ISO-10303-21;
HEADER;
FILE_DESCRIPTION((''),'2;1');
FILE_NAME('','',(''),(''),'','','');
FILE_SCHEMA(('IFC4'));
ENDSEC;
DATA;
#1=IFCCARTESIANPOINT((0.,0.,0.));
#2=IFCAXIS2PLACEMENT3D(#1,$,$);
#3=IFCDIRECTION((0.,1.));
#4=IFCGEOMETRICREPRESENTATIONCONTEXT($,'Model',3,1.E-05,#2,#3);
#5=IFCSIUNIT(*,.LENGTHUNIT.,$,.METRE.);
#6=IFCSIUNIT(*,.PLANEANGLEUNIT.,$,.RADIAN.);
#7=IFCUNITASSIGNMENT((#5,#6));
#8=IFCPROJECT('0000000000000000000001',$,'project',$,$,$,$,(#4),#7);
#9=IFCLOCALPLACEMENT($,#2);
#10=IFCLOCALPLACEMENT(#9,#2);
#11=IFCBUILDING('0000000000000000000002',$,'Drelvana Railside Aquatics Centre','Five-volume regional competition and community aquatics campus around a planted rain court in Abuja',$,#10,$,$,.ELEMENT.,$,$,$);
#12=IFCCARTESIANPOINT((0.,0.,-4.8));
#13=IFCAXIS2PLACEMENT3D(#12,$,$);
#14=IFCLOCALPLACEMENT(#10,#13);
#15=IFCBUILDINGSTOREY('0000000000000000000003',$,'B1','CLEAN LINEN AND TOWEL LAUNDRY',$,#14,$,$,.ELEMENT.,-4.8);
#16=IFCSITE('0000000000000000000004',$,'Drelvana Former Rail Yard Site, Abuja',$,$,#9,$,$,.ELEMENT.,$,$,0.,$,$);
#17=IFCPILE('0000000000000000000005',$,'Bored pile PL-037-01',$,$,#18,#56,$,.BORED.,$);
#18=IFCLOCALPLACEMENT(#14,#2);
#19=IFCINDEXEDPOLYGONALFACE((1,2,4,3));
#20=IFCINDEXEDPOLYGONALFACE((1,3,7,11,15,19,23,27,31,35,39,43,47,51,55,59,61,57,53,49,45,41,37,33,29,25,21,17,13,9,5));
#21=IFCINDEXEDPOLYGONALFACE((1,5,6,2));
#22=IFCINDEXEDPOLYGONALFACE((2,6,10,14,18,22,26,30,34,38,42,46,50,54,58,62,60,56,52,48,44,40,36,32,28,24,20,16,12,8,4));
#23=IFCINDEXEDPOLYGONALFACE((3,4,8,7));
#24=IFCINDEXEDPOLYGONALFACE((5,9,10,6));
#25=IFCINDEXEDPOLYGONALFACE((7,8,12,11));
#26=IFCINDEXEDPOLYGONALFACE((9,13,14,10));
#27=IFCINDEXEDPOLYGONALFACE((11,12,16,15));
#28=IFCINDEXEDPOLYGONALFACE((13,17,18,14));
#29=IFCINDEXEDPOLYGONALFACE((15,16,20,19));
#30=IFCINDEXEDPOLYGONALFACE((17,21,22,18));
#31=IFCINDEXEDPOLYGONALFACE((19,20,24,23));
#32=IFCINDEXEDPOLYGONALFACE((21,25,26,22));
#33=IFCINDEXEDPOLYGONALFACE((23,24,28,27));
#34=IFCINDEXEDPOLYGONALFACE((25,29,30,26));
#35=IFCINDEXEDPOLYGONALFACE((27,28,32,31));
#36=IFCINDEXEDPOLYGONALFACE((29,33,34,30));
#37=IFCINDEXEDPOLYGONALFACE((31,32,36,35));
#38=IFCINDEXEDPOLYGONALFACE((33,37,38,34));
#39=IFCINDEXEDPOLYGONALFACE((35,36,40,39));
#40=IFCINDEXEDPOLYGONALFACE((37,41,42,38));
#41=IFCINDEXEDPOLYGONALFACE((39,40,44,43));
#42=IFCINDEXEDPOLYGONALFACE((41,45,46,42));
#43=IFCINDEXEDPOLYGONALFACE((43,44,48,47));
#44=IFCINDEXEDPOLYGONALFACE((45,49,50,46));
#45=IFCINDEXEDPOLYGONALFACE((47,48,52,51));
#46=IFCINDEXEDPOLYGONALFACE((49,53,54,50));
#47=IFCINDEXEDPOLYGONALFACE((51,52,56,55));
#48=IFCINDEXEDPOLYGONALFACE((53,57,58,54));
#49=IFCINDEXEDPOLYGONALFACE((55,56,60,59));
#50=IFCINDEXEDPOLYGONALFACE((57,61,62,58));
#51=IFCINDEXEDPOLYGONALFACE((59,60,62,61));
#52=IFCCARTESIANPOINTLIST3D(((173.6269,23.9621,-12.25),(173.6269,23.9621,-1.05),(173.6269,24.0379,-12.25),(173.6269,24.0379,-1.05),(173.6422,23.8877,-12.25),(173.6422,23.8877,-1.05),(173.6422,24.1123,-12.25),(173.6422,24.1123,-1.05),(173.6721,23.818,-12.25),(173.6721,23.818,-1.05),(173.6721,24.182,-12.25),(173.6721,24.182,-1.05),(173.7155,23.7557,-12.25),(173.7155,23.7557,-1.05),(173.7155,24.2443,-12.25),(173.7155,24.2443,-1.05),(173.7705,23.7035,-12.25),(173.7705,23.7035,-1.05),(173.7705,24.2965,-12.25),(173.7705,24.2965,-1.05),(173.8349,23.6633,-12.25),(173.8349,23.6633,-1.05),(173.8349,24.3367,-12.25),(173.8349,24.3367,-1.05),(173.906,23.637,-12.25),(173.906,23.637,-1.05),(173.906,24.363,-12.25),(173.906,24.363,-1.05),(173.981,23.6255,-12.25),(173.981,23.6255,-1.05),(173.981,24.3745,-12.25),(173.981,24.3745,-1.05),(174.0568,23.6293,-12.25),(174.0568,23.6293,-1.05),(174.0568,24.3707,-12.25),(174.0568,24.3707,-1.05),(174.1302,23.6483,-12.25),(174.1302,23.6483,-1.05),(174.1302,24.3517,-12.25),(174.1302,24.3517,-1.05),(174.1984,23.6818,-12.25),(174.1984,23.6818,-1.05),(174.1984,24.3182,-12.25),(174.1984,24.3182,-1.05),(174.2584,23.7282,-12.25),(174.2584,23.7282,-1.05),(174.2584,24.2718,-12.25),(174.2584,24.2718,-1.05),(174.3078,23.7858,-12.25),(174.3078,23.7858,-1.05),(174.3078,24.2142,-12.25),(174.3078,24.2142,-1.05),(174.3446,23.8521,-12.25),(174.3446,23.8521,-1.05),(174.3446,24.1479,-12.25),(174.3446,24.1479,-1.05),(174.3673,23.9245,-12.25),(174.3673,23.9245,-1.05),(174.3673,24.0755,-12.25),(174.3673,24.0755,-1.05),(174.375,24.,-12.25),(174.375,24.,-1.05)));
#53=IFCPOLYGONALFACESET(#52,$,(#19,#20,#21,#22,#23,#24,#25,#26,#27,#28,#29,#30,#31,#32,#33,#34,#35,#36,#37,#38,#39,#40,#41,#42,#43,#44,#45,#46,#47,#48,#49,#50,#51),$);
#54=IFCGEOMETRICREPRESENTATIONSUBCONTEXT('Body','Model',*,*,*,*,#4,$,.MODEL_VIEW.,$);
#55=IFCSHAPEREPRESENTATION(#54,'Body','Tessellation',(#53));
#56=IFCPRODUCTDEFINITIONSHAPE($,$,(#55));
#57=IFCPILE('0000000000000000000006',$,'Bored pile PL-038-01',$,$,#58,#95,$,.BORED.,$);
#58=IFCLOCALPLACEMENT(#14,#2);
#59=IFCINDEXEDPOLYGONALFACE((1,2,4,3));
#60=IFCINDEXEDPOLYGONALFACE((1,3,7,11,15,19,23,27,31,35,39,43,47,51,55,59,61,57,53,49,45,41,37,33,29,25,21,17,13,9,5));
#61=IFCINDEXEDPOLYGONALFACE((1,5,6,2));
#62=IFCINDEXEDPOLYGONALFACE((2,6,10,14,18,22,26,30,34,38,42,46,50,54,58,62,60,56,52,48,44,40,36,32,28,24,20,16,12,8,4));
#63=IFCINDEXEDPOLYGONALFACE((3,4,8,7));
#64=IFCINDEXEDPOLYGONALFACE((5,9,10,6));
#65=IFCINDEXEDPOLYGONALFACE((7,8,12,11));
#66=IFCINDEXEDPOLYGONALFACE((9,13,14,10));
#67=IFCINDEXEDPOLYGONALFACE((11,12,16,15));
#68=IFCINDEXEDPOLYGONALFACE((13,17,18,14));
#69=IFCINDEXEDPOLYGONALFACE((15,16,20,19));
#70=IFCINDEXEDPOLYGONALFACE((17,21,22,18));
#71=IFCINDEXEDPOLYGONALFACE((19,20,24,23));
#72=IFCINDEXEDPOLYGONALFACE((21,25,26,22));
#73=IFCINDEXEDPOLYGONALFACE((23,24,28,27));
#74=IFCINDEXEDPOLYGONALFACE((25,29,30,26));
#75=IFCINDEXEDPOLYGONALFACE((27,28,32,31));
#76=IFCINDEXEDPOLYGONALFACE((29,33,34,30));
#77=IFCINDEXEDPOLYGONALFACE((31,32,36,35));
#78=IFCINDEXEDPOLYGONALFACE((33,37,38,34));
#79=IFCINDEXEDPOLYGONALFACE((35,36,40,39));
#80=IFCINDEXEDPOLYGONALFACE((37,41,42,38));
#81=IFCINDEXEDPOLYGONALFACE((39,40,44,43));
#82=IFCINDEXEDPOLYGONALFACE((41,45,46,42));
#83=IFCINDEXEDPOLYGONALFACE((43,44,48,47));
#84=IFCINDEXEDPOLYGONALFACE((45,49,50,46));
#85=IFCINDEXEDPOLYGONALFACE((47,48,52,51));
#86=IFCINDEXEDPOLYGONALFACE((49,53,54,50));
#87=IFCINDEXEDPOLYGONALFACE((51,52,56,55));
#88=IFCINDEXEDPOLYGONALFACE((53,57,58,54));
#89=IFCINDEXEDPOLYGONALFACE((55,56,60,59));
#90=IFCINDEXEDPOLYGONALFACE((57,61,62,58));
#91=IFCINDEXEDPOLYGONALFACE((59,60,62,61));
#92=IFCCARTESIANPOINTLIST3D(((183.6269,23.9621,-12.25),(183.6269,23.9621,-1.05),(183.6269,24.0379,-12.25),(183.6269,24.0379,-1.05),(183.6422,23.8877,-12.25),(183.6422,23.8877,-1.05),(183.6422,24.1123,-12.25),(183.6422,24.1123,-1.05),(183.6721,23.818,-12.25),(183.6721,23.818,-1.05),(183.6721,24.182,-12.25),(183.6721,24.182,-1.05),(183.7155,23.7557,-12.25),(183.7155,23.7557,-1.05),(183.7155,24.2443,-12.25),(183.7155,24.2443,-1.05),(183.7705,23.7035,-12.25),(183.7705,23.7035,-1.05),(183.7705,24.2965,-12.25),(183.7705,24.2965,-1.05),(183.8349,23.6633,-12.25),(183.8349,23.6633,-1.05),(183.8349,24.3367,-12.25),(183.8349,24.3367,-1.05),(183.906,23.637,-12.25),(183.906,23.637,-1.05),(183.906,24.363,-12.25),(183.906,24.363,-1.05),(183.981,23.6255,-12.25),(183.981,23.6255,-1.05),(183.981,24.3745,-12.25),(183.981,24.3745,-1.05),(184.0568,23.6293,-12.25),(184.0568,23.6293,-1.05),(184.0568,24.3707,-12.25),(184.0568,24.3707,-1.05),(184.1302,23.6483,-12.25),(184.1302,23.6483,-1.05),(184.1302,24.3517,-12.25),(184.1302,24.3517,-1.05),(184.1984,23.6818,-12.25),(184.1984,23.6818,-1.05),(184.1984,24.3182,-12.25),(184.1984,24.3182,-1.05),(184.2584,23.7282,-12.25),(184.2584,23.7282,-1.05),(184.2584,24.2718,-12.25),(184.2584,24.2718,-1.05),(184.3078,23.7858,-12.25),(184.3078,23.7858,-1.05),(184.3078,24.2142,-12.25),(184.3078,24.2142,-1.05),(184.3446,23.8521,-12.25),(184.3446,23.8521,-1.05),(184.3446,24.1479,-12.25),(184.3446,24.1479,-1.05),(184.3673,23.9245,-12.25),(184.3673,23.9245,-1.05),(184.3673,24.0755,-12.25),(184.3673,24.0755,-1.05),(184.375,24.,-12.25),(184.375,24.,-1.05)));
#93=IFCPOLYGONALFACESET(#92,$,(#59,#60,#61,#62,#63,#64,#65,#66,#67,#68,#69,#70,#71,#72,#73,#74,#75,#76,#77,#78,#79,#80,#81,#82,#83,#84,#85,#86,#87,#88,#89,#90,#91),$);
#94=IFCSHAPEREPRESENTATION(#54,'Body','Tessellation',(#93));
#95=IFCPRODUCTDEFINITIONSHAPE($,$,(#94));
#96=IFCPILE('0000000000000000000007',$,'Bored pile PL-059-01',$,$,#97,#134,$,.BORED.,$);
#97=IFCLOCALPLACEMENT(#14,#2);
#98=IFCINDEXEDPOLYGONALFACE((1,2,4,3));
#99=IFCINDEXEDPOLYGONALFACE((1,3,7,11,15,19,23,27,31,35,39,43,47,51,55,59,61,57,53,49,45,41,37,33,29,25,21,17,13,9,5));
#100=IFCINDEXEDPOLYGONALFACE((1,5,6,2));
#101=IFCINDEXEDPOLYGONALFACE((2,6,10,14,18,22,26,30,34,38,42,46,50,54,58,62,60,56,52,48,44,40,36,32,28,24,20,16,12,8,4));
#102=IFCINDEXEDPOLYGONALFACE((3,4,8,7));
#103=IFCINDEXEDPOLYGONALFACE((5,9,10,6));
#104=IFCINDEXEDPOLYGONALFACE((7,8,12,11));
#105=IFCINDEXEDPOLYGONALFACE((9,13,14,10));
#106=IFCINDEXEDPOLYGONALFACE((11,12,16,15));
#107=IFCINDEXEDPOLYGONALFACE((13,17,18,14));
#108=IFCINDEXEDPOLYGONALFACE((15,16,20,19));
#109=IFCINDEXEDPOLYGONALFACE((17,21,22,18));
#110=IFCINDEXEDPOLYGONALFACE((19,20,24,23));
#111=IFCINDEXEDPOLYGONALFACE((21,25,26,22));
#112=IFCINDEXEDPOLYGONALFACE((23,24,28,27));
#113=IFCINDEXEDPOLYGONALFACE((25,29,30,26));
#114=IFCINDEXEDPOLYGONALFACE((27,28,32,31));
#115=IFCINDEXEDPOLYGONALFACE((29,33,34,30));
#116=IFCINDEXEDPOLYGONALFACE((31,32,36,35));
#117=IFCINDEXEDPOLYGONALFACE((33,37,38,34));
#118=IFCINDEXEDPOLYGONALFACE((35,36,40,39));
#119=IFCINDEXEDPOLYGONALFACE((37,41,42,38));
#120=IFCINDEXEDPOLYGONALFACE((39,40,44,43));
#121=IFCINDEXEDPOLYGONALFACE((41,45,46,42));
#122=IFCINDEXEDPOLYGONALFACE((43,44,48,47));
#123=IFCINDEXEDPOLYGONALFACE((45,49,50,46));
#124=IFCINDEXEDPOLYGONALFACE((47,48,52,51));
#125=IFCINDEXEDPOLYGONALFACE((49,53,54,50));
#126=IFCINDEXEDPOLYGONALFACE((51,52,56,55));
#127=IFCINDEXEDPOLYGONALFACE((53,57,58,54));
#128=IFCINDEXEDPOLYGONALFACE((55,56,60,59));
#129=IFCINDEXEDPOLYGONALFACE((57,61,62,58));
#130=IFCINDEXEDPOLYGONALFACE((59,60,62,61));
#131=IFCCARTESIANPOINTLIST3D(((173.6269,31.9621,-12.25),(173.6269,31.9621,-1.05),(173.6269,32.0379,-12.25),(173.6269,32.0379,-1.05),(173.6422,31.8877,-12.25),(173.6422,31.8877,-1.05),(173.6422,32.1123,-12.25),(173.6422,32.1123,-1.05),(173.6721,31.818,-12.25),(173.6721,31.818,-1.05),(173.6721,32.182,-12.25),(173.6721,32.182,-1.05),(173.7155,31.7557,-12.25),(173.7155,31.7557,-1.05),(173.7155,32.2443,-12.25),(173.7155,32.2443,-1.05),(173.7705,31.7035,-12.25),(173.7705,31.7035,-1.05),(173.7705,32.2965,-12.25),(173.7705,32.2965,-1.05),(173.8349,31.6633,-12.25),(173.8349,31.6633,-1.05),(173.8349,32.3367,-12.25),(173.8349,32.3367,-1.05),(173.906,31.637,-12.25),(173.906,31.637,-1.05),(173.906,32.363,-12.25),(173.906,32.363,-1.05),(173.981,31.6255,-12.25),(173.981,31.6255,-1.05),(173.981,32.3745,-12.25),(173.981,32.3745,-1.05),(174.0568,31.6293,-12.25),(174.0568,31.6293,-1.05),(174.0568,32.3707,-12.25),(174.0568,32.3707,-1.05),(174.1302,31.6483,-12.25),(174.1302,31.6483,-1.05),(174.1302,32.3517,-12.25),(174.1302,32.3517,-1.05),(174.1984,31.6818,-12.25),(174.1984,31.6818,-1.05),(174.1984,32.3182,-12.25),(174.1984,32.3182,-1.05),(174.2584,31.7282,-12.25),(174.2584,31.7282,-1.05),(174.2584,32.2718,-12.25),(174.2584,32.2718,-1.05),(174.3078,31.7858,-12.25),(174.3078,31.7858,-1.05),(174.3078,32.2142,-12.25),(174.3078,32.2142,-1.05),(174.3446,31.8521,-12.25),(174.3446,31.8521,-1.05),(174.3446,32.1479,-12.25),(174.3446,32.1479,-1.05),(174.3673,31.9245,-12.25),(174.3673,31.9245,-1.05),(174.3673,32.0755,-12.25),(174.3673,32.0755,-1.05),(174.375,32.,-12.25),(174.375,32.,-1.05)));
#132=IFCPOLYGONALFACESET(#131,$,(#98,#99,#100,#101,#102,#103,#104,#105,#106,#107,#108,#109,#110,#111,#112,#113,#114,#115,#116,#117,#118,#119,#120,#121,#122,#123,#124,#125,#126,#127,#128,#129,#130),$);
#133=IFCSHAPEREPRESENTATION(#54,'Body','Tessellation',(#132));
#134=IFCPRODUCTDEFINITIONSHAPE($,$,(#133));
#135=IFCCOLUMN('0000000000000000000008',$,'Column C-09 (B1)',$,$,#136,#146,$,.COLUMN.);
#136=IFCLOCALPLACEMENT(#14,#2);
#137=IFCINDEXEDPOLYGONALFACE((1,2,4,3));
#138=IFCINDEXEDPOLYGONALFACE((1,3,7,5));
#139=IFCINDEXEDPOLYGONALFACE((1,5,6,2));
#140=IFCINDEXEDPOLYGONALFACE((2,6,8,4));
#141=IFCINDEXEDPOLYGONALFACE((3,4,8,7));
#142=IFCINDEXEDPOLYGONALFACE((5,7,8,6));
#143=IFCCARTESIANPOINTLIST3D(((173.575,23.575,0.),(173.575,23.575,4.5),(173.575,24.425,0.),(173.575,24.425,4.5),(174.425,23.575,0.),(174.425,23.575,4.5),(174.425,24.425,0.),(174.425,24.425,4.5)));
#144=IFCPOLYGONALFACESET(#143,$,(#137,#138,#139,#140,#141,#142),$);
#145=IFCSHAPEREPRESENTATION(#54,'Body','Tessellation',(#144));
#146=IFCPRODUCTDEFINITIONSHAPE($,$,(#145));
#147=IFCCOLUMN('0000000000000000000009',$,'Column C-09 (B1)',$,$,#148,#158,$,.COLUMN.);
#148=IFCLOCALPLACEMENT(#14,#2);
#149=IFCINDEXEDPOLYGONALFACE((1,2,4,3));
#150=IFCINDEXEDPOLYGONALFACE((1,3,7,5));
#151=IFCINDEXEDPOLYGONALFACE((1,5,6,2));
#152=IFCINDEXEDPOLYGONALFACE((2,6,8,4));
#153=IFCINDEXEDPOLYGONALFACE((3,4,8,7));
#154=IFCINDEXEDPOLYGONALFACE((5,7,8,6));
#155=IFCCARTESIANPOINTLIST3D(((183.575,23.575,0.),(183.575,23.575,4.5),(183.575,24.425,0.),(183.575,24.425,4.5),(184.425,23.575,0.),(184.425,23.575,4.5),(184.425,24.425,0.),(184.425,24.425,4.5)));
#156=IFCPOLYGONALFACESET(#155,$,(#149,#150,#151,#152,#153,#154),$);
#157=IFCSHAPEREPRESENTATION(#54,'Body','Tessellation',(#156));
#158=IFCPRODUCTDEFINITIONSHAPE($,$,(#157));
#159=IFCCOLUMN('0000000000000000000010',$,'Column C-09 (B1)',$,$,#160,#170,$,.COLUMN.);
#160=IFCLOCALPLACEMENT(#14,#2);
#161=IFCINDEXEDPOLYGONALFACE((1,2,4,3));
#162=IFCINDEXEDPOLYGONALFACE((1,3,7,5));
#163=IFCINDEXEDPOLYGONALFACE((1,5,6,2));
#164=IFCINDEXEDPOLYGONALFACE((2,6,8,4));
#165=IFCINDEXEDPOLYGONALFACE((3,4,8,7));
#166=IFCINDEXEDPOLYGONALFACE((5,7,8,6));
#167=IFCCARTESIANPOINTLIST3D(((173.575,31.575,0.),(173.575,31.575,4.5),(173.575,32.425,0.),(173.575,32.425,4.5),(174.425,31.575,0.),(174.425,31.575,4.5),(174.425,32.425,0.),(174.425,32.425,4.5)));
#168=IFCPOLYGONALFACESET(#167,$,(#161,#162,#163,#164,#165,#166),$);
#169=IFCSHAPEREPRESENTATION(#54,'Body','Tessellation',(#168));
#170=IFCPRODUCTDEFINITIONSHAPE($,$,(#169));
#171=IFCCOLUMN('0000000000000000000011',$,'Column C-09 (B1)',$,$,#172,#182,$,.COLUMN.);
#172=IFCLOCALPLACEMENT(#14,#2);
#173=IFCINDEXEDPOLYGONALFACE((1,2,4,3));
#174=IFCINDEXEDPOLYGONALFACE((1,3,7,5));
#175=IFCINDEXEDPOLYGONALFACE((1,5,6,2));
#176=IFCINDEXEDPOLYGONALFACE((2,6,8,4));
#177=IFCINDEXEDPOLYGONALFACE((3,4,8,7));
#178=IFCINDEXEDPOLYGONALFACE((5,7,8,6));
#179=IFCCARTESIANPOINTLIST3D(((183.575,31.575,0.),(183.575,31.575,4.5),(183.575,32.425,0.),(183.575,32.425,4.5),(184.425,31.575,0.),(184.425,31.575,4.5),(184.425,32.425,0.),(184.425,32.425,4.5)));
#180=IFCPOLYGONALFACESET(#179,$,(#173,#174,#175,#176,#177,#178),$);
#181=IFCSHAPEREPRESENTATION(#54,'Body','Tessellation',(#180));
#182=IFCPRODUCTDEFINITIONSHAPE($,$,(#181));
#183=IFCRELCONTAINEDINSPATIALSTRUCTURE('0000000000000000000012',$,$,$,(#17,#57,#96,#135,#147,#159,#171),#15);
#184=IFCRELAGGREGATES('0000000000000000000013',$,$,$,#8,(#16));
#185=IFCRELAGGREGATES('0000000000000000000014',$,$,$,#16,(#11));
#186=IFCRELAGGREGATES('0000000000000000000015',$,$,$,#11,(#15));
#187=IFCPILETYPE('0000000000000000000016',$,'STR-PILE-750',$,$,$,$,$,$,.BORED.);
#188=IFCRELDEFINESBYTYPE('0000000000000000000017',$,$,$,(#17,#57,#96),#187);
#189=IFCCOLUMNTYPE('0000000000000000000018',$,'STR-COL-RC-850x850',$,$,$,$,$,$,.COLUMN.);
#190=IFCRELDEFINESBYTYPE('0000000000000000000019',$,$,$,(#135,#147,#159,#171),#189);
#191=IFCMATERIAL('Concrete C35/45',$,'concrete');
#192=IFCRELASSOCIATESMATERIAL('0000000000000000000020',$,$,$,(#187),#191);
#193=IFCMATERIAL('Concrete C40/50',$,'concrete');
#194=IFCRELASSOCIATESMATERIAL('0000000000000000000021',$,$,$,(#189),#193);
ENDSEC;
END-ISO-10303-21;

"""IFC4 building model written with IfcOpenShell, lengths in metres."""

from ifc_helpers import new_model, si_unit, direction, frame, origin, origin_2d, place, context, subcontext, project, spatial, rectangle, circle, extrude, material, material_profile, profile_set, type_object, element, save


model = new_model("IFC4")

# Units and contexts
model_context = context("Model", 3, precision=1e-05, world=origin(), true_north=direction((0.0, 1.0)))
body_context = subcontext(model_context, "Body", "Model", "MODEL_VIEW")
ifc_project = project(units=[si_unit("LENGTHUNIT", "METRE"), si_unit("PLANEANGLEUNIT", "RADIAN")], contexts=[model_context])

# Site, building, storey
site_placement = place(None, origin())
site = spatial("IfcSite", under=ifc_project, at=site_placement, Name="Drelvana Former Rail Yard Site, Abuja", CompositionType="ELEMENT", RefElevation=0.0)
building_placement = place(site_placement, origin())
building = spatial("IfcBuilding", under=site, at=building_placement, Name="Drelvana Railside Aquatics Centre", Description="Five-volume regional competition and community aquatics campus around a planted rain court in Abuja", CompositionType="ELEMENT")
storey_placement = place(building_placement, frame((0.0, 0.0, -4.8)))
storey = spatial("IfcBuildingStorey", under=building, at=storey_placement, Name="B1", Description="CLEAN LINEN AND TOWEL LAUNDRY", CompositionType="ELEMENT", Elevation=-4.8)

# Shared definitions
ifc_material_1 = material(Name="Concrete C35/45", Category="concrete")

# Piles
ifc_material_profile_1 = material_profile(ifc_material_1, circle(Radius=0.375, at=origin_2d()), Name="PILE D750")
ifc_profile_set_1 = profile_set([ifc_material_profile_1], Name="Concrete C35/45")
pile_type_1 = type_object("IfcPileType", Name="STR-PILE-750", PredefinedType="BORED", material=ifc_profile_set_1)
for number, where, z_axis, x_axis, name in (
    (1, (174.0, 24.0, -1.05), (0.0, 0.0, -1.0), (1.0, 0.0, 0.0), "Bored pile PL-037-01"),
    (2, (184.0, 24.0, -1.05), (0.0, 0.0, -1.0), (1.0, 0.0, 0.0), "Bored pile PL-038-01"),
    (3, (174.0, 32.0, -1.05), (0.0, 0.0, -1.0), (1.0, 0.0, 0.0), "Bored pile PL-059-01"),
):
    element("IfcPile", number, at=place(storey_placement, frame(where, z_axis=z_axis, x_axis=x_axis)), inside=storey, type_object=pile_type_1, Name=name, PredefinedType="BORED", context=body_context, shape_type="SweptSolid", body=[
        extrude(circle(Radius=0.375, at=origin_2d()), origin(), (0.0, 0.0, 1.0), 11.2),
    ])

# Columns
ifc_material_2 = material(Name="Concrete C40/50", Category="concrete")
ifc_material_profile_2 = material_profile(ifc_material_2, rectangle(XDim=0.8501, YDim=0.8501, at=origin_2d()), Name="RC 850x850")
ifc_profile_set_2 = profile_set([ifc_material_profile_2], Name="Concrete C40/50")
column_type = type_object("IfcColumnType", Name="STR-COL-RC-850x850", PredefinedType="COLUMN", material=ifc_profile_set_2)
for number, where, z_axis, x_axis, name in (
    (4, (174.0, 24.0, 0.0), (0.0, 0.0, 1.0), (1.0, 0.0, 0.0), "Column C-09 (B1)"),
    (5, (184.0, 24.0, 0.0), (0.0, 0.0, 1.0), (1.0, 0.0, 0.0), "Column C-09 (B1)"),
    (6, (174.0, 32.0, 0.0), (0.0, 0.0, 1.0), (1.0, 0.0, 0.0), "Column C-09 (B1)"),
    (7, (184.0, 32.0, 0.0), (0.0, 0.0, 1.0), (1.0, 0.0, 0.0), "Column C-09 (B1)"),
):
    element("IfcColumn", number, at=place(storey_placement, frame(where, z_axis=z_axis, x_axis=x_axis)), inside=storey, type_object=column_type, Name=name, PredefinedType="COLUMN", context=body_context, shape_type="SweptSolid", body=[
        extrude(rectangle(XDim=0.8501, YDim=0.8501, at=origin_2d()), origin(), (0.0, 0.0, 1.0), 4.5),
    ])

save(model, "model.ifc")
